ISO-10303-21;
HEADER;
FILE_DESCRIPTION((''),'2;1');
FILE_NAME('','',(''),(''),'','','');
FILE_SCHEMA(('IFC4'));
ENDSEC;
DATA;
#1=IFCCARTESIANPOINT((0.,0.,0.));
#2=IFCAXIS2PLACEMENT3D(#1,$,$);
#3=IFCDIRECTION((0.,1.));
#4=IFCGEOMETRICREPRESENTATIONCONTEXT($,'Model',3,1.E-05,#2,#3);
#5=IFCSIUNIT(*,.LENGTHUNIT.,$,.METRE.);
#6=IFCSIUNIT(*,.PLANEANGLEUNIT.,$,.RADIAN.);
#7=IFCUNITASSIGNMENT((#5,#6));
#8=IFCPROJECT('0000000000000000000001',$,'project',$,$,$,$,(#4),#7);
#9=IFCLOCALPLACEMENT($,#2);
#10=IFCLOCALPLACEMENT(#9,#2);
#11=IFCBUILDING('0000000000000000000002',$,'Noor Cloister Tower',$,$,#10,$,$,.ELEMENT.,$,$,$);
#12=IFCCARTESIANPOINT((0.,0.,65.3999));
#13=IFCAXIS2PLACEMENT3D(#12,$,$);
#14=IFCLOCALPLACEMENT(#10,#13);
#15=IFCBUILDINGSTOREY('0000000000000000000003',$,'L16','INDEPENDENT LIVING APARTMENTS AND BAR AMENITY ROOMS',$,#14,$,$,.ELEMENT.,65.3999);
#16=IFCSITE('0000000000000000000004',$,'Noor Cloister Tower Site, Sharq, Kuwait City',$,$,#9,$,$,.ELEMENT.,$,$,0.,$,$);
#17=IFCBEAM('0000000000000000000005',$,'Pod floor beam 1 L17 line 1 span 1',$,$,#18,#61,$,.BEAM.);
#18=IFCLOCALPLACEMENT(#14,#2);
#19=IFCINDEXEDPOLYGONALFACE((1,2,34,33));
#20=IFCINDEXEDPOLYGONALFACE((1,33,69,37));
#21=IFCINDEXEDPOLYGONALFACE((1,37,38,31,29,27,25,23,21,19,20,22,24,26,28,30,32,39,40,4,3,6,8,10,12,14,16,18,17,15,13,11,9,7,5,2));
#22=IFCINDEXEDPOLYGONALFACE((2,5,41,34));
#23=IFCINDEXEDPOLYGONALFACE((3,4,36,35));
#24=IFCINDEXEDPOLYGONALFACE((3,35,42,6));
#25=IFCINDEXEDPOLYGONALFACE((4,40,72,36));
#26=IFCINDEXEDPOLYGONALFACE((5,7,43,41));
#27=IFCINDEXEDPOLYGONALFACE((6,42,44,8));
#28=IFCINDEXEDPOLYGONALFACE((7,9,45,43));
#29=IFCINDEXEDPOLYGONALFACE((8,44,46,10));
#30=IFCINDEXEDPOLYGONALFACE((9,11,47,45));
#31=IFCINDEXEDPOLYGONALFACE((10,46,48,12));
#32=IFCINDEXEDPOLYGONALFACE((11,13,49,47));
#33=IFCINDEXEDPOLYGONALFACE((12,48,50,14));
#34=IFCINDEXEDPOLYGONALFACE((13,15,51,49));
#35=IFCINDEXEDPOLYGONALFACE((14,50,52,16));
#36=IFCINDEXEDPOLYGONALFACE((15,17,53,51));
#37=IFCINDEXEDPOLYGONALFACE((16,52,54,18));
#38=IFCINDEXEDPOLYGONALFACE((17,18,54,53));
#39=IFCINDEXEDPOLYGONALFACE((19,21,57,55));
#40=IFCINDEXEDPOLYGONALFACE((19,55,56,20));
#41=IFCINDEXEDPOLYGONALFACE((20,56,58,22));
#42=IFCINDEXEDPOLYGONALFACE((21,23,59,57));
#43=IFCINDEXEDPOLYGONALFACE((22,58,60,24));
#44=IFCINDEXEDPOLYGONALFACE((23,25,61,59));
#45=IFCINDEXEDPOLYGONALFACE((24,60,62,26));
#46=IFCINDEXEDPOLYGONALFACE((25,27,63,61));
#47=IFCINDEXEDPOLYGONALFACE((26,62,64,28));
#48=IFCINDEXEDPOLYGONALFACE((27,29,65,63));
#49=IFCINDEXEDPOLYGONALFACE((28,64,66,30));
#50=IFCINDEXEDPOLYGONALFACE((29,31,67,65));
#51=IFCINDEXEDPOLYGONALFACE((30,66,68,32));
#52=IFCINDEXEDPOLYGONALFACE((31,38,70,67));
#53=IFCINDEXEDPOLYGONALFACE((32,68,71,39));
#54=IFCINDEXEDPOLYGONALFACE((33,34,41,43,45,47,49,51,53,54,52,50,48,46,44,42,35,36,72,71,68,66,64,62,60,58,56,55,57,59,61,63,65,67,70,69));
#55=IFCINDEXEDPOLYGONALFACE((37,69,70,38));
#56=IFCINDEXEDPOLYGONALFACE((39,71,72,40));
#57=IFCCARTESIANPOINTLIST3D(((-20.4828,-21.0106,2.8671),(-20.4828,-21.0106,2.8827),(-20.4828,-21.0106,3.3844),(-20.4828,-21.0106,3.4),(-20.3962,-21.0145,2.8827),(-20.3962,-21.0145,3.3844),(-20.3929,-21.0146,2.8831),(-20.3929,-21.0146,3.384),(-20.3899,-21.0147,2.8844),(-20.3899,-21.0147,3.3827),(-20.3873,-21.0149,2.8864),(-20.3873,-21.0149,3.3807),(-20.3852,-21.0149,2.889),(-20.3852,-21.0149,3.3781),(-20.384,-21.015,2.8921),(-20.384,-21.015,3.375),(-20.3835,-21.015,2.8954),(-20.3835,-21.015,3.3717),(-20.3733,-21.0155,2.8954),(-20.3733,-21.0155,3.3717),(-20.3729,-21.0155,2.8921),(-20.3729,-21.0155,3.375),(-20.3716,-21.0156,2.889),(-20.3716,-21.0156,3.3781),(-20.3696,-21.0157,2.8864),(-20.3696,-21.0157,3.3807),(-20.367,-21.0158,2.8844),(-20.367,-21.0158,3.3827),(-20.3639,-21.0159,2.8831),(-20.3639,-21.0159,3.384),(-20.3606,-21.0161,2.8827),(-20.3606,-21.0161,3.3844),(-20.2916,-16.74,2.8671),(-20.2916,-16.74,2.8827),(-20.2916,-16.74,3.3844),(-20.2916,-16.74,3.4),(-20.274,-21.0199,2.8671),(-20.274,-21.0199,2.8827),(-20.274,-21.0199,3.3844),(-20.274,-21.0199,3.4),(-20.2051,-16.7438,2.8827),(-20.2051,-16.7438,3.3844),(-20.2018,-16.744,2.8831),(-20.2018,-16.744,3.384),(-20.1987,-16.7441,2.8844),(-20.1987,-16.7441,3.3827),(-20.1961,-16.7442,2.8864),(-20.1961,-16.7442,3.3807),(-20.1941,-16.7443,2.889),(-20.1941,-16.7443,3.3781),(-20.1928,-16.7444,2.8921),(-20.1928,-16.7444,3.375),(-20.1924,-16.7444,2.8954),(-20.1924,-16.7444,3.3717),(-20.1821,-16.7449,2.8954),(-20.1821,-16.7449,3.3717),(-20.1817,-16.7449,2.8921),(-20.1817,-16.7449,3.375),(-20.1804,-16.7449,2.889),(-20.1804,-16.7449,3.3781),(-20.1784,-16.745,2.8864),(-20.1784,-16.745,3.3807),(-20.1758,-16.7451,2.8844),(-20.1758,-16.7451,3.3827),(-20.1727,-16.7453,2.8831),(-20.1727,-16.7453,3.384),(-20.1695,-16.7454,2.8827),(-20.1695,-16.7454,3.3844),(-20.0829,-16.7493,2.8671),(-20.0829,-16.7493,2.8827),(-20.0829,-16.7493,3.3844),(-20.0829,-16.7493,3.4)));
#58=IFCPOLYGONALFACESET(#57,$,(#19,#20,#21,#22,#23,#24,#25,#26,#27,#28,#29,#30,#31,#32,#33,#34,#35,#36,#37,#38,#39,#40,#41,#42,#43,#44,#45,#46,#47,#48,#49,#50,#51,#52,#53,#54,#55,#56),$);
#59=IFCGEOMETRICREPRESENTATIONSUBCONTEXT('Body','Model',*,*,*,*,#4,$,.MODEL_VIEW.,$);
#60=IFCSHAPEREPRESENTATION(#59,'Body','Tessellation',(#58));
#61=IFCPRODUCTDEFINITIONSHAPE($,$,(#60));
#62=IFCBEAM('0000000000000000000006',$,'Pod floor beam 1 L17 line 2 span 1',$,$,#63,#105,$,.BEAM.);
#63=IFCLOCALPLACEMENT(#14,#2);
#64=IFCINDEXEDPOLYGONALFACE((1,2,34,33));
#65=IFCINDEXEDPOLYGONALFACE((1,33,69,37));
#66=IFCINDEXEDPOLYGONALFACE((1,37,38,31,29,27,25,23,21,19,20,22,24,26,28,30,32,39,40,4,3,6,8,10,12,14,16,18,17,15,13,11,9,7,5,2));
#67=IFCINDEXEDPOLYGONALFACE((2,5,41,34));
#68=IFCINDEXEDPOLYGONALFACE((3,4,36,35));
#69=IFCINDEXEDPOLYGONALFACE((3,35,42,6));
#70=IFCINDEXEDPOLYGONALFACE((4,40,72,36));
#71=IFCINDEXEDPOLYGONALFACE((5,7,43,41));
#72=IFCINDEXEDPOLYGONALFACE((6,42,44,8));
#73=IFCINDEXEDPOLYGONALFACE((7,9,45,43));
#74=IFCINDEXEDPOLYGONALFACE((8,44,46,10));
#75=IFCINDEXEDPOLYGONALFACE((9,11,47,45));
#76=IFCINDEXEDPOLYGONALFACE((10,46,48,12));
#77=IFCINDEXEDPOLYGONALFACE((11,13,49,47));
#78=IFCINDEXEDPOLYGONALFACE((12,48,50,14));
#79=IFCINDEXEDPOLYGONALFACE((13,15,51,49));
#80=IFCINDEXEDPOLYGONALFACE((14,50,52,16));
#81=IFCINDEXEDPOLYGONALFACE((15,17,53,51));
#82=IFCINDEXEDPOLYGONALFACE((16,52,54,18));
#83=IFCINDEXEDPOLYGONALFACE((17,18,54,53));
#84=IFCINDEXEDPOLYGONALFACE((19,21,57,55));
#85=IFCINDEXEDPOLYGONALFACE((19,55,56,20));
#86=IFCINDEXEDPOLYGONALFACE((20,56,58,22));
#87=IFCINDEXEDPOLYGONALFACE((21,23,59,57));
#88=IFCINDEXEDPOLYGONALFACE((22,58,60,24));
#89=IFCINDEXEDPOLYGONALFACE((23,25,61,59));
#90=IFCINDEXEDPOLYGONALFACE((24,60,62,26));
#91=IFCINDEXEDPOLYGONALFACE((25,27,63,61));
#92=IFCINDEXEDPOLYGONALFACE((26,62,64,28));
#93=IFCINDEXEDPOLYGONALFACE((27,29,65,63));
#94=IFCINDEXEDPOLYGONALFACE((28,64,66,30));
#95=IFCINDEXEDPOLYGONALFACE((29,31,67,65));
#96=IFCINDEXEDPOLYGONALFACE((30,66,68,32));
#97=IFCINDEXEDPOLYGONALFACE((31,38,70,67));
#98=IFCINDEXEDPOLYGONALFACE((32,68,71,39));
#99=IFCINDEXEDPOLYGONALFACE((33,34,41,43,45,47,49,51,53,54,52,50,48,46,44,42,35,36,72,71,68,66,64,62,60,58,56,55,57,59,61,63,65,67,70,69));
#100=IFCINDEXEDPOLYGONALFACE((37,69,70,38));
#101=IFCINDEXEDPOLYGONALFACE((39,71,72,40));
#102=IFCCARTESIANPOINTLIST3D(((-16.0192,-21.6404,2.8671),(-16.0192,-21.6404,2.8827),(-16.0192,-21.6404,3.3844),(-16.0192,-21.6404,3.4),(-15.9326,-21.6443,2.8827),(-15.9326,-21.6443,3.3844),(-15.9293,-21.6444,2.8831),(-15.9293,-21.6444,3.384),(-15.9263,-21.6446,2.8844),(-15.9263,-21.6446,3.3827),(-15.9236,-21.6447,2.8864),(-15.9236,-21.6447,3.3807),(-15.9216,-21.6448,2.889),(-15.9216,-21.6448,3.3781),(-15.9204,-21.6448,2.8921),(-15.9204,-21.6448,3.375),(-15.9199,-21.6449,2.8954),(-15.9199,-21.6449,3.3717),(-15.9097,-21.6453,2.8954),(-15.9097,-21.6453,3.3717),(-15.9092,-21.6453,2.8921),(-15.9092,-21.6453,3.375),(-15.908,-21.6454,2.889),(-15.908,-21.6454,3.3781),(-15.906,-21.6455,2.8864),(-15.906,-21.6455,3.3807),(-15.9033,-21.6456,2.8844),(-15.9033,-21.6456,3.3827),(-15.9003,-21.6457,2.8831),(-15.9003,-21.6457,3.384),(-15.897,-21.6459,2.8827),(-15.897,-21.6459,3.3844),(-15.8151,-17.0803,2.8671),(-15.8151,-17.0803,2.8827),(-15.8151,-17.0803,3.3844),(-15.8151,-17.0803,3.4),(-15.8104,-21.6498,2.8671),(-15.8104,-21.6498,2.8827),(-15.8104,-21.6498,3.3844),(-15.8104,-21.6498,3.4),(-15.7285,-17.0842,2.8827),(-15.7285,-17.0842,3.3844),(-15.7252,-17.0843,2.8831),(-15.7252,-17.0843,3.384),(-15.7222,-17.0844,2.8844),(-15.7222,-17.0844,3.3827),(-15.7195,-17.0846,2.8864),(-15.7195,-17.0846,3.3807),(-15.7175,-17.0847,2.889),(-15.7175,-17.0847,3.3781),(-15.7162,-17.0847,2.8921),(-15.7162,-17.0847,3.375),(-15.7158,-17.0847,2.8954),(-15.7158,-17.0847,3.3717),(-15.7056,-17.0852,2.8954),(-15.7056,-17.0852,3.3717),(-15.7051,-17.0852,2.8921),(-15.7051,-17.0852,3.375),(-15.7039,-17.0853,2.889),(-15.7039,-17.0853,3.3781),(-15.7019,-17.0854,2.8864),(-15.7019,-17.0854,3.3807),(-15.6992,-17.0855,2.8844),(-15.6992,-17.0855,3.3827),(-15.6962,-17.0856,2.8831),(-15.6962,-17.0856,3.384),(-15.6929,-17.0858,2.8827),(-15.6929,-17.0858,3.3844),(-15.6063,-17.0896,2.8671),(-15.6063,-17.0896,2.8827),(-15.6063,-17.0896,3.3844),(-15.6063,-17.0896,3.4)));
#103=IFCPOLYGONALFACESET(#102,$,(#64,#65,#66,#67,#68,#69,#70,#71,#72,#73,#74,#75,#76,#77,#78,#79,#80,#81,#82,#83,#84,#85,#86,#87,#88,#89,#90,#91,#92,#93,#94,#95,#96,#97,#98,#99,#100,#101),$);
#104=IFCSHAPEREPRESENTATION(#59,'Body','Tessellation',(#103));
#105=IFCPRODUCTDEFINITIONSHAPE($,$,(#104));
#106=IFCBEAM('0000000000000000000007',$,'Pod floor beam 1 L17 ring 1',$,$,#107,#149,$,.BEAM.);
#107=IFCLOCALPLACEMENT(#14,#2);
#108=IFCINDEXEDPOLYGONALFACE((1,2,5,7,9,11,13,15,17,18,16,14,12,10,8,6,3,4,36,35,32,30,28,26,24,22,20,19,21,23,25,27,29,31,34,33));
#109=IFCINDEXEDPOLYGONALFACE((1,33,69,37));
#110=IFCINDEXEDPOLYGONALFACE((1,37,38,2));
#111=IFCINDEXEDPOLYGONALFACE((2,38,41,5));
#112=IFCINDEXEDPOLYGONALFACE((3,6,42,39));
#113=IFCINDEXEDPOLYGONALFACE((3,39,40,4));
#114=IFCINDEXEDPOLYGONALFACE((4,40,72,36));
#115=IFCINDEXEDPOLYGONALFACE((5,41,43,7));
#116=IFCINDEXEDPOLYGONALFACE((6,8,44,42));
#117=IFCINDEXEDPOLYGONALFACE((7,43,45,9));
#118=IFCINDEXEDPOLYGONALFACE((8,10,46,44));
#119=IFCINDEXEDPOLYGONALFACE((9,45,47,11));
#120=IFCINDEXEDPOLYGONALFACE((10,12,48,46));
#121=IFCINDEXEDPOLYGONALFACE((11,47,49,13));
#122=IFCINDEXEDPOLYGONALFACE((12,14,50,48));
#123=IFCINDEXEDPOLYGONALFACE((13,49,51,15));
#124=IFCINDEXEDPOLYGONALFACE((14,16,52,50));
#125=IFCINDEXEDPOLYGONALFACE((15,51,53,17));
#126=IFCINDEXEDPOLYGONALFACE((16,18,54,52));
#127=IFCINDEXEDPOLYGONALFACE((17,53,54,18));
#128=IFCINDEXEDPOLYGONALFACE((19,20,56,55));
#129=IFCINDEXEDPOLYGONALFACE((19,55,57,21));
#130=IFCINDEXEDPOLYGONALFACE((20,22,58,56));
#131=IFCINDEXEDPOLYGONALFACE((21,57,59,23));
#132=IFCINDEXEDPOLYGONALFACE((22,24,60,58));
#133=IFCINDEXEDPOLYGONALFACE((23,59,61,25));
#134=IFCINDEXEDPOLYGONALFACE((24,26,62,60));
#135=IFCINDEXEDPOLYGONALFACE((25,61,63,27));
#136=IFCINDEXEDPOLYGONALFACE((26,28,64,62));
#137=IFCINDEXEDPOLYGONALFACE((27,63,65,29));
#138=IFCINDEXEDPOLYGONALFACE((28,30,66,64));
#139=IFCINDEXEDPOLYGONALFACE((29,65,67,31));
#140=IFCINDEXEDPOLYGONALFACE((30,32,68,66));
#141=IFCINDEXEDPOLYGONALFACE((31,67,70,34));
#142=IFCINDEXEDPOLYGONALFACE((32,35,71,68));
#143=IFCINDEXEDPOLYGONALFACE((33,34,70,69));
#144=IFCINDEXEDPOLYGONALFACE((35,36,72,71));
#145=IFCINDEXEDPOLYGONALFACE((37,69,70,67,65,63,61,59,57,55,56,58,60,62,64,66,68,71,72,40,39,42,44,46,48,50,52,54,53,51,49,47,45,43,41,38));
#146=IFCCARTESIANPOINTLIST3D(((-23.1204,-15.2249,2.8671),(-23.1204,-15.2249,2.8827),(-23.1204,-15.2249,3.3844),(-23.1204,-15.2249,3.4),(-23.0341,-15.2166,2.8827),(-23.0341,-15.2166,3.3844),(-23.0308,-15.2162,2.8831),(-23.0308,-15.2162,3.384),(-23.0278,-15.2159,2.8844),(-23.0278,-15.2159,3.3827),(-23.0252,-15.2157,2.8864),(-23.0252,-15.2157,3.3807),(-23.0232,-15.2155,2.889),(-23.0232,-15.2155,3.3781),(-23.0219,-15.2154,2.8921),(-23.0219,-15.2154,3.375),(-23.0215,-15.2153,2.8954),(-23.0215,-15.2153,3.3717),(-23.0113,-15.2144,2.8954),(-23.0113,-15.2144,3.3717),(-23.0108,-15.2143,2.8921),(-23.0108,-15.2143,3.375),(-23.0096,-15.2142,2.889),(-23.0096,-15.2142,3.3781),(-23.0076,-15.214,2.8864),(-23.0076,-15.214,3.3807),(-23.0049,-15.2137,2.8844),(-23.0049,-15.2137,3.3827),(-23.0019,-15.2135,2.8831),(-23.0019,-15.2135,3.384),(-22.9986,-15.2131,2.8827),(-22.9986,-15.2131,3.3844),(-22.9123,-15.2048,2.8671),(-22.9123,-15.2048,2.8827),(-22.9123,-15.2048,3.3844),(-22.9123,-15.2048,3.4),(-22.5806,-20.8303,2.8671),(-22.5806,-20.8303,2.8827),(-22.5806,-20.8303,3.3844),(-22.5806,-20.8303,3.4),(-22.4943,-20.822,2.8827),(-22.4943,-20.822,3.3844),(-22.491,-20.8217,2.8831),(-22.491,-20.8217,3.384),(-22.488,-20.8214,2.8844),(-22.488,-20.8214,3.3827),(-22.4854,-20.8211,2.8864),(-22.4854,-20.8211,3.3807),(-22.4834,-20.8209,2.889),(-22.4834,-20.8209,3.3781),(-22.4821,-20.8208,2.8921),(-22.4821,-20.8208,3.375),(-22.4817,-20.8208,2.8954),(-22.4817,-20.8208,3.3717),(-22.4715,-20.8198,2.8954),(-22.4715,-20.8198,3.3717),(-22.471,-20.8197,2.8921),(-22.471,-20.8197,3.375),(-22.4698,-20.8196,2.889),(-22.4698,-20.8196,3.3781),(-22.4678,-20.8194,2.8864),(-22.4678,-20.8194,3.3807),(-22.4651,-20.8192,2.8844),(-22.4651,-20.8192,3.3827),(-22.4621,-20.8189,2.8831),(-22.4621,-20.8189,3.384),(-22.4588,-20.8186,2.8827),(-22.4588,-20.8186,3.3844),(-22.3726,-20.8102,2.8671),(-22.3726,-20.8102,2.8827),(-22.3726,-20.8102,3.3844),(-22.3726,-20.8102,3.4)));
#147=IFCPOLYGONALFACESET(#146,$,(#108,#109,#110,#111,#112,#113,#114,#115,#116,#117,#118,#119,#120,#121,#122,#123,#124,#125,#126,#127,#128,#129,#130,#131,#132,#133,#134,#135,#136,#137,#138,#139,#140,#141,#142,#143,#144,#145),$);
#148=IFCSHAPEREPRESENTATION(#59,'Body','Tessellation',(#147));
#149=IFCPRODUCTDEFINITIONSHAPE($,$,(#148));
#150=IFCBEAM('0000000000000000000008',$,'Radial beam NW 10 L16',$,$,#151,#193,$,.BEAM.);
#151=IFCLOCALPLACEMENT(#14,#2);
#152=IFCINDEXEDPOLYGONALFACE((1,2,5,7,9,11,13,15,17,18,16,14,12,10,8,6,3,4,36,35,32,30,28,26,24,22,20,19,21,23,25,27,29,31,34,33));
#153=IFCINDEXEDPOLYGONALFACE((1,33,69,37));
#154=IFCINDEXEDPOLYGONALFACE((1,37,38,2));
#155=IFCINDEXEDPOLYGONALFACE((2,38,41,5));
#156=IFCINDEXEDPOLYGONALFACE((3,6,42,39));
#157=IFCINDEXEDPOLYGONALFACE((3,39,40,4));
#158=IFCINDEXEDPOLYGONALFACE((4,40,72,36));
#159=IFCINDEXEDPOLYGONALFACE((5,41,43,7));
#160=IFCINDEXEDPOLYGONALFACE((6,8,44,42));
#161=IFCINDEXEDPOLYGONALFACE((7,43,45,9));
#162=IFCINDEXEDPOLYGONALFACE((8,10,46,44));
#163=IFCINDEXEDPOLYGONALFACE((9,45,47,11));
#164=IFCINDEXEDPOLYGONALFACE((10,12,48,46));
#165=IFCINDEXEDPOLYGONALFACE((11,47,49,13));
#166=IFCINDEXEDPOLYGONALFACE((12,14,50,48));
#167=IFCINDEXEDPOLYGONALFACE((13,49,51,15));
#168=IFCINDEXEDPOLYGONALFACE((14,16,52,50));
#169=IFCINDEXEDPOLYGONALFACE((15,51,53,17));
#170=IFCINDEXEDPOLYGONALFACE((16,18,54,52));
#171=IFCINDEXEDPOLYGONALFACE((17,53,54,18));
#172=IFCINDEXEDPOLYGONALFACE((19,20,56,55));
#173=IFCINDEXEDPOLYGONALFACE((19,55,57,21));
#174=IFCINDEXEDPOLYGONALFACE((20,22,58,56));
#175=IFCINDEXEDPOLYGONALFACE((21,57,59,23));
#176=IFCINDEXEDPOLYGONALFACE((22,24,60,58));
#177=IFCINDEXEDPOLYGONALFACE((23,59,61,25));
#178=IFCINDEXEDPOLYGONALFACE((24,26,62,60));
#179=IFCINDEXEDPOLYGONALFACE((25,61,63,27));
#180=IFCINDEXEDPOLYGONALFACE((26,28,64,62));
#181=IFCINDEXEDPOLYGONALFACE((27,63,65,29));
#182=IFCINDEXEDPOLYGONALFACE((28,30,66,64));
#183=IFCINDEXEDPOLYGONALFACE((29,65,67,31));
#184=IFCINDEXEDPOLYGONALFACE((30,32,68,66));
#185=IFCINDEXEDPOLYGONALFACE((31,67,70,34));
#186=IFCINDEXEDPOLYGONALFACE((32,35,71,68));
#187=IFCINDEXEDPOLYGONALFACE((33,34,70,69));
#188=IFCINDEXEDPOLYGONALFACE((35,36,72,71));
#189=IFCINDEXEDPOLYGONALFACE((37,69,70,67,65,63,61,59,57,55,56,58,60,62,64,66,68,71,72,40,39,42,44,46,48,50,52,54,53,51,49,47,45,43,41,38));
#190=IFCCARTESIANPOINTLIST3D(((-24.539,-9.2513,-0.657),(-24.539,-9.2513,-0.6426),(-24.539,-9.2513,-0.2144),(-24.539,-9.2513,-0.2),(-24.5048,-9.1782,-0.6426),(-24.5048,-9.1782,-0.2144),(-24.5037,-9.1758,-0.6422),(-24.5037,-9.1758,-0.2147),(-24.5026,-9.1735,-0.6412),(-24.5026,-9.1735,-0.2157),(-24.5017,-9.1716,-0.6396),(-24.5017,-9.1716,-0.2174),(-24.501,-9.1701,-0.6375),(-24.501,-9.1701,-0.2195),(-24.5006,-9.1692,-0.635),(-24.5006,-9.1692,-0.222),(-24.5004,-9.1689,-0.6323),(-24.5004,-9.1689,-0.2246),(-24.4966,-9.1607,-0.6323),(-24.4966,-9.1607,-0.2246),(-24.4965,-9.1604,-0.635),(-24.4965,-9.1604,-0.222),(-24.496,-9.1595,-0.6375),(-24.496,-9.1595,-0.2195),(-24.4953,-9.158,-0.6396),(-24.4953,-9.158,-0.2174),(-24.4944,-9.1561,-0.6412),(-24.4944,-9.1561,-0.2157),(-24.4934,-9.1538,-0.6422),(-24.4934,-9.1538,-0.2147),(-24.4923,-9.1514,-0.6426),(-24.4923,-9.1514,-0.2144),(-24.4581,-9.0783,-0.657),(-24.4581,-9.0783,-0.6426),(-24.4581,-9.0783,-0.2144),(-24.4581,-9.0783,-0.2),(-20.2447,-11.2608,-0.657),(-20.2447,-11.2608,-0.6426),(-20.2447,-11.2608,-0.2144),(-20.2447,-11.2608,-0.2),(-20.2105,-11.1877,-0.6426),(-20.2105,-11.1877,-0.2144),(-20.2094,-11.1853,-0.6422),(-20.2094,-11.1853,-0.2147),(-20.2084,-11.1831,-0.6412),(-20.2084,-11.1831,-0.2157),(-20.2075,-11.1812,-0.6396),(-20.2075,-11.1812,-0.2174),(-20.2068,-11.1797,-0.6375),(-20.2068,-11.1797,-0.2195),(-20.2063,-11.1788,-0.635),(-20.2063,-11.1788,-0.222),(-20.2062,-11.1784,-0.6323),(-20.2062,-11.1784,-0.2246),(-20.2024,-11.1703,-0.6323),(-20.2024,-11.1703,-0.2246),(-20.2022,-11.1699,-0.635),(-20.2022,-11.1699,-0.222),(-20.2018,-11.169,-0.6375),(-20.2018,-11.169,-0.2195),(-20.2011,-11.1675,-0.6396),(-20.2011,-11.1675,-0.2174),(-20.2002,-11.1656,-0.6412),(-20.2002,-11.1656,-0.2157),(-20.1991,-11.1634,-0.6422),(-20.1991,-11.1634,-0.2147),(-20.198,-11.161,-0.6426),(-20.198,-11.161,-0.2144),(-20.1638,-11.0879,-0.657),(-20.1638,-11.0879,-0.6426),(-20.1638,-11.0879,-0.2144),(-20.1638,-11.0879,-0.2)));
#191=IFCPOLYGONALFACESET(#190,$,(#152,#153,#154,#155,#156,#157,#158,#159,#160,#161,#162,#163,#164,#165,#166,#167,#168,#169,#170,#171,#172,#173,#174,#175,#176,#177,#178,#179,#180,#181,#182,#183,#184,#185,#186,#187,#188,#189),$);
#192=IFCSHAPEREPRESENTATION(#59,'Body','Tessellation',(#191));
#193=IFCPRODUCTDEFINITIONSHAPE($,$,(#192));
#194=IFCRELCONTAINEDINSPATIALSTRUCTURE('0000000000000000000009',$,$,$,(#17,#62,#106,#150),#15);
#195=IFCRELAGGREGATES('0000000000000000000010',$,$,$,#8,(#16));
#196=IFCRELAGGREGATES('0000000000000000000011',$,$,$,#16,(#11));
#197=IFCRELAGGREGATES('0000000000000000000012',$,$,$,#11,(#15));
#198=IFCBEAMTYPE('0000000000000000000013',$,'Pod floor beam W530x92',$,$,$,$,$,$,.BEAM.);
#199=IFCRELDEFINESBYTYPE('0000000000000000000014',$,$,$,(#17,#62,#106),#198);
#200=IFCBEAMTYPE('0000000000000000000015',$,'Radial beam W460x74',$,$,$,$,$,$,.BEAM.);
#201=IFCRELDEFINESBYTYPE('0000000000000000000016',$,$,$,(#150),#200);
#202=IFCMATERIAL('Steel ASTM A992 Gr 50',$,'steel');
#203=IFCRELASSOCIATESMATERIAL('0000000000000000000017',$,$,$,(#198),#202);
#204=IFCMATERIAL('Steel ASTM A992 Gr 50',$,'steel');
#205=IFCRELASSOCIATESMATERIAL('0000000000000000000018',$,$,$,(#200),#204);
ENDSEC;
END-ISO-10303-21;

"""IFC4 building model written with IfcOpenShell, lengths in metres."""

from ifc_helpers import new_model, si_unit, direction, frame, origin, origin_2d, place, context, subcontext, project, spatial, i_section, extrude, material, material_profile, profile_set, type_object, element, save


model = new_model("IFC4")

# Units and contexts
model_context = context("Model", 3, precision=1e-05, world=origin(), true_north=direction((0.0, 1.0)))
body_context = subcontext(model_context, "Body", "Model", "MODEL_VIEW")
ifc_project = project(units=[si_unit("LENGTHUNIT", "METRE"), si_unit("PLANEANGLEUNIT", "RADIAN")], contexts=[model_context])

# Site, building, storey
site_placement = place(None, origin())
site = spatial("IfcSite", under=ifc_project, at=site_placement, Name="Noor Cloister Tower Site, Sharq, Kuwait City", CompositionType="ELEMENT", RefElevation=0.0)
building_placement = place(site_placement, origin())
building = spatial("IfcBuilding", under=site, at=building_placement, Name="Noor Cloister Tower", CompositionType="ELEMENT")
storey_placement = place(building_placement, frame((0.0, 0.0, 65.3999)))
storey = spatial("IfcBuildingStorey", under=building, at=storey_placement, Name="L16", Description="INDEPENDENT LIVING APARTMENTS AND BAR AMENITY ROOMS", CompositionType="ELEMENT", Elevation=65.3999)

# Beams
ifc_material_1 = material(Name="Steel ASTM A992 Gr 50", Category="steel")
ifc_material_profile_1 = material_profile(ifc_material_1, i_section(OverallWidth=0.209, OverallDepth=0.533, WebThickness=0.0103, FlangeThickness=0.0156, FilletRadius=0.0127, at=origin_2d()), Name="W530x92")
ifc_profile_set_1 = profile_set([ifc_material_profile_1], Name="Steel ASTM A992 Gr 50")
beam_type_1 = type_object("IfcBeamType", Name="Pod floor beam W530x92", PredefinedType="BEAM", material=ifc_profile_set_1)
beam_1_placement = place(storey_placement, frame((-20.1873, -16.7446, 3.1335), z_axis=(-0.044719, -0.999, 0.0), x_axis=(0.999, -0.044719, 0.0)))
element("IfcBeam", 1, at=beam_1_placement, inside=storey, type_object=beam_type_1, Name="Pod floor beam 1 L17 line 1 span 1", PredefinedType="BEAM", context=body_context, shape_type="SweptSolid", body=[
    extrude(i_section(OverallWidth=0.209, OverallDepth=0.533, WebThickness=0.0103, FlangeThickness=0.0156, FilletRadius=0.0127, at=origin_2d()), origin(), (0.0, 0.0, 1.0), 4.2749),
])
beam_2_placement = place(storey_placement, frame((-15.7107, -17.085, 3.1335), z_axis=(-0.044714, -0.999, 0.0), x_axis=(0.999, -0.044714, 0.0)))
element("IfcBeam", 2, at=beam_2_placement, inside=storey, type_object=beam_type_1, Name="Pod floor beam 1 L17 line 2 span 1", PredefinedType="BEAM", context=body_context, shape_type="SweptSolid", body=[
    extrude(i_section(OverallWidth=0.209, OverallDepth=0.533, WebThickness=0.0103, FlangeThickness=0.0156, FilletRadius=0.0127, at=origin_2d()), origin(), (0.0, 0.0, 1.0), 4.5647),
])
beam_3_placement = place(storey_placement, frame((-23.0164, -15.2148, 3.1335), z_axis=(0.095854, -0.995395, 0.0), x_axis=(0.995395, 0.095854, 0.0)))
element("IfcBeam", 3, at=beam_3_placement, inside=storey, type_object=beam_type_1, Name="Pod floor beam 1 L17 ring 1", PredefinedType="BEAM", context=body_context, shape_type="SweptSolid", body=[
    extrude(i_section(OverallWidth=0.209, OverallDepth=0.533, WebThickness=0.0103, FlangeThickness=0.0156, FilletRadius=0.0127, at=origin_2d()), origin(), (0.0, 0.0, 1.0), 5.6313),
])
ifc_material_2 = material(Name="Steel ASTM A992 Gr 50", Category="steel")
ifc_material_profile_2 = material_profile(ifc_material_2, i_section(OverallWidth=0.1909, OverallDepth=0.457, WebThickness=0.009, FlangeThickness=0.0144, FilletRadius=0.0103, at=origin_2d()), Name="W460x74")
ifc_profile_set_2 = profile_set([ifc_material_profile_2], Name="Steel ASTM A992 Gr 50")
beam_type_2 = type_object("IfcBeamType", Name="Radial beam W460x74", PredefinedType="BEAM", material=ifc_profile_set_2)
for number, where, z_axis, x_axis, name in (
    (4, (-24.4985, -9.1648, -0.4285), (0.905733, -0.423849, 0.0), (0.423849, 0.905733, 0.0), "Radial beam NW 10 L16"),
):
    element("IfcBeam", number, at=place(storey_placement, frame(where, z_axis=z_axis, x_axis=x_axis)), inside=storey, type_object=beam_type_2, Name=name, PredefinedType="BEAM", context=body_context, shape_type="SweptSolid", body=[
        extrude(i_section(OverallWidth=0.1909, OverallDepth=0.457, WebThickness=0.009, FlangeThickness=0.0144, FilletRadius=0.0103, at=origin_2d()), origin(), (0.0, 0.0, 1.0), 4.7412),
    ])

save(model, "model.ifc")
